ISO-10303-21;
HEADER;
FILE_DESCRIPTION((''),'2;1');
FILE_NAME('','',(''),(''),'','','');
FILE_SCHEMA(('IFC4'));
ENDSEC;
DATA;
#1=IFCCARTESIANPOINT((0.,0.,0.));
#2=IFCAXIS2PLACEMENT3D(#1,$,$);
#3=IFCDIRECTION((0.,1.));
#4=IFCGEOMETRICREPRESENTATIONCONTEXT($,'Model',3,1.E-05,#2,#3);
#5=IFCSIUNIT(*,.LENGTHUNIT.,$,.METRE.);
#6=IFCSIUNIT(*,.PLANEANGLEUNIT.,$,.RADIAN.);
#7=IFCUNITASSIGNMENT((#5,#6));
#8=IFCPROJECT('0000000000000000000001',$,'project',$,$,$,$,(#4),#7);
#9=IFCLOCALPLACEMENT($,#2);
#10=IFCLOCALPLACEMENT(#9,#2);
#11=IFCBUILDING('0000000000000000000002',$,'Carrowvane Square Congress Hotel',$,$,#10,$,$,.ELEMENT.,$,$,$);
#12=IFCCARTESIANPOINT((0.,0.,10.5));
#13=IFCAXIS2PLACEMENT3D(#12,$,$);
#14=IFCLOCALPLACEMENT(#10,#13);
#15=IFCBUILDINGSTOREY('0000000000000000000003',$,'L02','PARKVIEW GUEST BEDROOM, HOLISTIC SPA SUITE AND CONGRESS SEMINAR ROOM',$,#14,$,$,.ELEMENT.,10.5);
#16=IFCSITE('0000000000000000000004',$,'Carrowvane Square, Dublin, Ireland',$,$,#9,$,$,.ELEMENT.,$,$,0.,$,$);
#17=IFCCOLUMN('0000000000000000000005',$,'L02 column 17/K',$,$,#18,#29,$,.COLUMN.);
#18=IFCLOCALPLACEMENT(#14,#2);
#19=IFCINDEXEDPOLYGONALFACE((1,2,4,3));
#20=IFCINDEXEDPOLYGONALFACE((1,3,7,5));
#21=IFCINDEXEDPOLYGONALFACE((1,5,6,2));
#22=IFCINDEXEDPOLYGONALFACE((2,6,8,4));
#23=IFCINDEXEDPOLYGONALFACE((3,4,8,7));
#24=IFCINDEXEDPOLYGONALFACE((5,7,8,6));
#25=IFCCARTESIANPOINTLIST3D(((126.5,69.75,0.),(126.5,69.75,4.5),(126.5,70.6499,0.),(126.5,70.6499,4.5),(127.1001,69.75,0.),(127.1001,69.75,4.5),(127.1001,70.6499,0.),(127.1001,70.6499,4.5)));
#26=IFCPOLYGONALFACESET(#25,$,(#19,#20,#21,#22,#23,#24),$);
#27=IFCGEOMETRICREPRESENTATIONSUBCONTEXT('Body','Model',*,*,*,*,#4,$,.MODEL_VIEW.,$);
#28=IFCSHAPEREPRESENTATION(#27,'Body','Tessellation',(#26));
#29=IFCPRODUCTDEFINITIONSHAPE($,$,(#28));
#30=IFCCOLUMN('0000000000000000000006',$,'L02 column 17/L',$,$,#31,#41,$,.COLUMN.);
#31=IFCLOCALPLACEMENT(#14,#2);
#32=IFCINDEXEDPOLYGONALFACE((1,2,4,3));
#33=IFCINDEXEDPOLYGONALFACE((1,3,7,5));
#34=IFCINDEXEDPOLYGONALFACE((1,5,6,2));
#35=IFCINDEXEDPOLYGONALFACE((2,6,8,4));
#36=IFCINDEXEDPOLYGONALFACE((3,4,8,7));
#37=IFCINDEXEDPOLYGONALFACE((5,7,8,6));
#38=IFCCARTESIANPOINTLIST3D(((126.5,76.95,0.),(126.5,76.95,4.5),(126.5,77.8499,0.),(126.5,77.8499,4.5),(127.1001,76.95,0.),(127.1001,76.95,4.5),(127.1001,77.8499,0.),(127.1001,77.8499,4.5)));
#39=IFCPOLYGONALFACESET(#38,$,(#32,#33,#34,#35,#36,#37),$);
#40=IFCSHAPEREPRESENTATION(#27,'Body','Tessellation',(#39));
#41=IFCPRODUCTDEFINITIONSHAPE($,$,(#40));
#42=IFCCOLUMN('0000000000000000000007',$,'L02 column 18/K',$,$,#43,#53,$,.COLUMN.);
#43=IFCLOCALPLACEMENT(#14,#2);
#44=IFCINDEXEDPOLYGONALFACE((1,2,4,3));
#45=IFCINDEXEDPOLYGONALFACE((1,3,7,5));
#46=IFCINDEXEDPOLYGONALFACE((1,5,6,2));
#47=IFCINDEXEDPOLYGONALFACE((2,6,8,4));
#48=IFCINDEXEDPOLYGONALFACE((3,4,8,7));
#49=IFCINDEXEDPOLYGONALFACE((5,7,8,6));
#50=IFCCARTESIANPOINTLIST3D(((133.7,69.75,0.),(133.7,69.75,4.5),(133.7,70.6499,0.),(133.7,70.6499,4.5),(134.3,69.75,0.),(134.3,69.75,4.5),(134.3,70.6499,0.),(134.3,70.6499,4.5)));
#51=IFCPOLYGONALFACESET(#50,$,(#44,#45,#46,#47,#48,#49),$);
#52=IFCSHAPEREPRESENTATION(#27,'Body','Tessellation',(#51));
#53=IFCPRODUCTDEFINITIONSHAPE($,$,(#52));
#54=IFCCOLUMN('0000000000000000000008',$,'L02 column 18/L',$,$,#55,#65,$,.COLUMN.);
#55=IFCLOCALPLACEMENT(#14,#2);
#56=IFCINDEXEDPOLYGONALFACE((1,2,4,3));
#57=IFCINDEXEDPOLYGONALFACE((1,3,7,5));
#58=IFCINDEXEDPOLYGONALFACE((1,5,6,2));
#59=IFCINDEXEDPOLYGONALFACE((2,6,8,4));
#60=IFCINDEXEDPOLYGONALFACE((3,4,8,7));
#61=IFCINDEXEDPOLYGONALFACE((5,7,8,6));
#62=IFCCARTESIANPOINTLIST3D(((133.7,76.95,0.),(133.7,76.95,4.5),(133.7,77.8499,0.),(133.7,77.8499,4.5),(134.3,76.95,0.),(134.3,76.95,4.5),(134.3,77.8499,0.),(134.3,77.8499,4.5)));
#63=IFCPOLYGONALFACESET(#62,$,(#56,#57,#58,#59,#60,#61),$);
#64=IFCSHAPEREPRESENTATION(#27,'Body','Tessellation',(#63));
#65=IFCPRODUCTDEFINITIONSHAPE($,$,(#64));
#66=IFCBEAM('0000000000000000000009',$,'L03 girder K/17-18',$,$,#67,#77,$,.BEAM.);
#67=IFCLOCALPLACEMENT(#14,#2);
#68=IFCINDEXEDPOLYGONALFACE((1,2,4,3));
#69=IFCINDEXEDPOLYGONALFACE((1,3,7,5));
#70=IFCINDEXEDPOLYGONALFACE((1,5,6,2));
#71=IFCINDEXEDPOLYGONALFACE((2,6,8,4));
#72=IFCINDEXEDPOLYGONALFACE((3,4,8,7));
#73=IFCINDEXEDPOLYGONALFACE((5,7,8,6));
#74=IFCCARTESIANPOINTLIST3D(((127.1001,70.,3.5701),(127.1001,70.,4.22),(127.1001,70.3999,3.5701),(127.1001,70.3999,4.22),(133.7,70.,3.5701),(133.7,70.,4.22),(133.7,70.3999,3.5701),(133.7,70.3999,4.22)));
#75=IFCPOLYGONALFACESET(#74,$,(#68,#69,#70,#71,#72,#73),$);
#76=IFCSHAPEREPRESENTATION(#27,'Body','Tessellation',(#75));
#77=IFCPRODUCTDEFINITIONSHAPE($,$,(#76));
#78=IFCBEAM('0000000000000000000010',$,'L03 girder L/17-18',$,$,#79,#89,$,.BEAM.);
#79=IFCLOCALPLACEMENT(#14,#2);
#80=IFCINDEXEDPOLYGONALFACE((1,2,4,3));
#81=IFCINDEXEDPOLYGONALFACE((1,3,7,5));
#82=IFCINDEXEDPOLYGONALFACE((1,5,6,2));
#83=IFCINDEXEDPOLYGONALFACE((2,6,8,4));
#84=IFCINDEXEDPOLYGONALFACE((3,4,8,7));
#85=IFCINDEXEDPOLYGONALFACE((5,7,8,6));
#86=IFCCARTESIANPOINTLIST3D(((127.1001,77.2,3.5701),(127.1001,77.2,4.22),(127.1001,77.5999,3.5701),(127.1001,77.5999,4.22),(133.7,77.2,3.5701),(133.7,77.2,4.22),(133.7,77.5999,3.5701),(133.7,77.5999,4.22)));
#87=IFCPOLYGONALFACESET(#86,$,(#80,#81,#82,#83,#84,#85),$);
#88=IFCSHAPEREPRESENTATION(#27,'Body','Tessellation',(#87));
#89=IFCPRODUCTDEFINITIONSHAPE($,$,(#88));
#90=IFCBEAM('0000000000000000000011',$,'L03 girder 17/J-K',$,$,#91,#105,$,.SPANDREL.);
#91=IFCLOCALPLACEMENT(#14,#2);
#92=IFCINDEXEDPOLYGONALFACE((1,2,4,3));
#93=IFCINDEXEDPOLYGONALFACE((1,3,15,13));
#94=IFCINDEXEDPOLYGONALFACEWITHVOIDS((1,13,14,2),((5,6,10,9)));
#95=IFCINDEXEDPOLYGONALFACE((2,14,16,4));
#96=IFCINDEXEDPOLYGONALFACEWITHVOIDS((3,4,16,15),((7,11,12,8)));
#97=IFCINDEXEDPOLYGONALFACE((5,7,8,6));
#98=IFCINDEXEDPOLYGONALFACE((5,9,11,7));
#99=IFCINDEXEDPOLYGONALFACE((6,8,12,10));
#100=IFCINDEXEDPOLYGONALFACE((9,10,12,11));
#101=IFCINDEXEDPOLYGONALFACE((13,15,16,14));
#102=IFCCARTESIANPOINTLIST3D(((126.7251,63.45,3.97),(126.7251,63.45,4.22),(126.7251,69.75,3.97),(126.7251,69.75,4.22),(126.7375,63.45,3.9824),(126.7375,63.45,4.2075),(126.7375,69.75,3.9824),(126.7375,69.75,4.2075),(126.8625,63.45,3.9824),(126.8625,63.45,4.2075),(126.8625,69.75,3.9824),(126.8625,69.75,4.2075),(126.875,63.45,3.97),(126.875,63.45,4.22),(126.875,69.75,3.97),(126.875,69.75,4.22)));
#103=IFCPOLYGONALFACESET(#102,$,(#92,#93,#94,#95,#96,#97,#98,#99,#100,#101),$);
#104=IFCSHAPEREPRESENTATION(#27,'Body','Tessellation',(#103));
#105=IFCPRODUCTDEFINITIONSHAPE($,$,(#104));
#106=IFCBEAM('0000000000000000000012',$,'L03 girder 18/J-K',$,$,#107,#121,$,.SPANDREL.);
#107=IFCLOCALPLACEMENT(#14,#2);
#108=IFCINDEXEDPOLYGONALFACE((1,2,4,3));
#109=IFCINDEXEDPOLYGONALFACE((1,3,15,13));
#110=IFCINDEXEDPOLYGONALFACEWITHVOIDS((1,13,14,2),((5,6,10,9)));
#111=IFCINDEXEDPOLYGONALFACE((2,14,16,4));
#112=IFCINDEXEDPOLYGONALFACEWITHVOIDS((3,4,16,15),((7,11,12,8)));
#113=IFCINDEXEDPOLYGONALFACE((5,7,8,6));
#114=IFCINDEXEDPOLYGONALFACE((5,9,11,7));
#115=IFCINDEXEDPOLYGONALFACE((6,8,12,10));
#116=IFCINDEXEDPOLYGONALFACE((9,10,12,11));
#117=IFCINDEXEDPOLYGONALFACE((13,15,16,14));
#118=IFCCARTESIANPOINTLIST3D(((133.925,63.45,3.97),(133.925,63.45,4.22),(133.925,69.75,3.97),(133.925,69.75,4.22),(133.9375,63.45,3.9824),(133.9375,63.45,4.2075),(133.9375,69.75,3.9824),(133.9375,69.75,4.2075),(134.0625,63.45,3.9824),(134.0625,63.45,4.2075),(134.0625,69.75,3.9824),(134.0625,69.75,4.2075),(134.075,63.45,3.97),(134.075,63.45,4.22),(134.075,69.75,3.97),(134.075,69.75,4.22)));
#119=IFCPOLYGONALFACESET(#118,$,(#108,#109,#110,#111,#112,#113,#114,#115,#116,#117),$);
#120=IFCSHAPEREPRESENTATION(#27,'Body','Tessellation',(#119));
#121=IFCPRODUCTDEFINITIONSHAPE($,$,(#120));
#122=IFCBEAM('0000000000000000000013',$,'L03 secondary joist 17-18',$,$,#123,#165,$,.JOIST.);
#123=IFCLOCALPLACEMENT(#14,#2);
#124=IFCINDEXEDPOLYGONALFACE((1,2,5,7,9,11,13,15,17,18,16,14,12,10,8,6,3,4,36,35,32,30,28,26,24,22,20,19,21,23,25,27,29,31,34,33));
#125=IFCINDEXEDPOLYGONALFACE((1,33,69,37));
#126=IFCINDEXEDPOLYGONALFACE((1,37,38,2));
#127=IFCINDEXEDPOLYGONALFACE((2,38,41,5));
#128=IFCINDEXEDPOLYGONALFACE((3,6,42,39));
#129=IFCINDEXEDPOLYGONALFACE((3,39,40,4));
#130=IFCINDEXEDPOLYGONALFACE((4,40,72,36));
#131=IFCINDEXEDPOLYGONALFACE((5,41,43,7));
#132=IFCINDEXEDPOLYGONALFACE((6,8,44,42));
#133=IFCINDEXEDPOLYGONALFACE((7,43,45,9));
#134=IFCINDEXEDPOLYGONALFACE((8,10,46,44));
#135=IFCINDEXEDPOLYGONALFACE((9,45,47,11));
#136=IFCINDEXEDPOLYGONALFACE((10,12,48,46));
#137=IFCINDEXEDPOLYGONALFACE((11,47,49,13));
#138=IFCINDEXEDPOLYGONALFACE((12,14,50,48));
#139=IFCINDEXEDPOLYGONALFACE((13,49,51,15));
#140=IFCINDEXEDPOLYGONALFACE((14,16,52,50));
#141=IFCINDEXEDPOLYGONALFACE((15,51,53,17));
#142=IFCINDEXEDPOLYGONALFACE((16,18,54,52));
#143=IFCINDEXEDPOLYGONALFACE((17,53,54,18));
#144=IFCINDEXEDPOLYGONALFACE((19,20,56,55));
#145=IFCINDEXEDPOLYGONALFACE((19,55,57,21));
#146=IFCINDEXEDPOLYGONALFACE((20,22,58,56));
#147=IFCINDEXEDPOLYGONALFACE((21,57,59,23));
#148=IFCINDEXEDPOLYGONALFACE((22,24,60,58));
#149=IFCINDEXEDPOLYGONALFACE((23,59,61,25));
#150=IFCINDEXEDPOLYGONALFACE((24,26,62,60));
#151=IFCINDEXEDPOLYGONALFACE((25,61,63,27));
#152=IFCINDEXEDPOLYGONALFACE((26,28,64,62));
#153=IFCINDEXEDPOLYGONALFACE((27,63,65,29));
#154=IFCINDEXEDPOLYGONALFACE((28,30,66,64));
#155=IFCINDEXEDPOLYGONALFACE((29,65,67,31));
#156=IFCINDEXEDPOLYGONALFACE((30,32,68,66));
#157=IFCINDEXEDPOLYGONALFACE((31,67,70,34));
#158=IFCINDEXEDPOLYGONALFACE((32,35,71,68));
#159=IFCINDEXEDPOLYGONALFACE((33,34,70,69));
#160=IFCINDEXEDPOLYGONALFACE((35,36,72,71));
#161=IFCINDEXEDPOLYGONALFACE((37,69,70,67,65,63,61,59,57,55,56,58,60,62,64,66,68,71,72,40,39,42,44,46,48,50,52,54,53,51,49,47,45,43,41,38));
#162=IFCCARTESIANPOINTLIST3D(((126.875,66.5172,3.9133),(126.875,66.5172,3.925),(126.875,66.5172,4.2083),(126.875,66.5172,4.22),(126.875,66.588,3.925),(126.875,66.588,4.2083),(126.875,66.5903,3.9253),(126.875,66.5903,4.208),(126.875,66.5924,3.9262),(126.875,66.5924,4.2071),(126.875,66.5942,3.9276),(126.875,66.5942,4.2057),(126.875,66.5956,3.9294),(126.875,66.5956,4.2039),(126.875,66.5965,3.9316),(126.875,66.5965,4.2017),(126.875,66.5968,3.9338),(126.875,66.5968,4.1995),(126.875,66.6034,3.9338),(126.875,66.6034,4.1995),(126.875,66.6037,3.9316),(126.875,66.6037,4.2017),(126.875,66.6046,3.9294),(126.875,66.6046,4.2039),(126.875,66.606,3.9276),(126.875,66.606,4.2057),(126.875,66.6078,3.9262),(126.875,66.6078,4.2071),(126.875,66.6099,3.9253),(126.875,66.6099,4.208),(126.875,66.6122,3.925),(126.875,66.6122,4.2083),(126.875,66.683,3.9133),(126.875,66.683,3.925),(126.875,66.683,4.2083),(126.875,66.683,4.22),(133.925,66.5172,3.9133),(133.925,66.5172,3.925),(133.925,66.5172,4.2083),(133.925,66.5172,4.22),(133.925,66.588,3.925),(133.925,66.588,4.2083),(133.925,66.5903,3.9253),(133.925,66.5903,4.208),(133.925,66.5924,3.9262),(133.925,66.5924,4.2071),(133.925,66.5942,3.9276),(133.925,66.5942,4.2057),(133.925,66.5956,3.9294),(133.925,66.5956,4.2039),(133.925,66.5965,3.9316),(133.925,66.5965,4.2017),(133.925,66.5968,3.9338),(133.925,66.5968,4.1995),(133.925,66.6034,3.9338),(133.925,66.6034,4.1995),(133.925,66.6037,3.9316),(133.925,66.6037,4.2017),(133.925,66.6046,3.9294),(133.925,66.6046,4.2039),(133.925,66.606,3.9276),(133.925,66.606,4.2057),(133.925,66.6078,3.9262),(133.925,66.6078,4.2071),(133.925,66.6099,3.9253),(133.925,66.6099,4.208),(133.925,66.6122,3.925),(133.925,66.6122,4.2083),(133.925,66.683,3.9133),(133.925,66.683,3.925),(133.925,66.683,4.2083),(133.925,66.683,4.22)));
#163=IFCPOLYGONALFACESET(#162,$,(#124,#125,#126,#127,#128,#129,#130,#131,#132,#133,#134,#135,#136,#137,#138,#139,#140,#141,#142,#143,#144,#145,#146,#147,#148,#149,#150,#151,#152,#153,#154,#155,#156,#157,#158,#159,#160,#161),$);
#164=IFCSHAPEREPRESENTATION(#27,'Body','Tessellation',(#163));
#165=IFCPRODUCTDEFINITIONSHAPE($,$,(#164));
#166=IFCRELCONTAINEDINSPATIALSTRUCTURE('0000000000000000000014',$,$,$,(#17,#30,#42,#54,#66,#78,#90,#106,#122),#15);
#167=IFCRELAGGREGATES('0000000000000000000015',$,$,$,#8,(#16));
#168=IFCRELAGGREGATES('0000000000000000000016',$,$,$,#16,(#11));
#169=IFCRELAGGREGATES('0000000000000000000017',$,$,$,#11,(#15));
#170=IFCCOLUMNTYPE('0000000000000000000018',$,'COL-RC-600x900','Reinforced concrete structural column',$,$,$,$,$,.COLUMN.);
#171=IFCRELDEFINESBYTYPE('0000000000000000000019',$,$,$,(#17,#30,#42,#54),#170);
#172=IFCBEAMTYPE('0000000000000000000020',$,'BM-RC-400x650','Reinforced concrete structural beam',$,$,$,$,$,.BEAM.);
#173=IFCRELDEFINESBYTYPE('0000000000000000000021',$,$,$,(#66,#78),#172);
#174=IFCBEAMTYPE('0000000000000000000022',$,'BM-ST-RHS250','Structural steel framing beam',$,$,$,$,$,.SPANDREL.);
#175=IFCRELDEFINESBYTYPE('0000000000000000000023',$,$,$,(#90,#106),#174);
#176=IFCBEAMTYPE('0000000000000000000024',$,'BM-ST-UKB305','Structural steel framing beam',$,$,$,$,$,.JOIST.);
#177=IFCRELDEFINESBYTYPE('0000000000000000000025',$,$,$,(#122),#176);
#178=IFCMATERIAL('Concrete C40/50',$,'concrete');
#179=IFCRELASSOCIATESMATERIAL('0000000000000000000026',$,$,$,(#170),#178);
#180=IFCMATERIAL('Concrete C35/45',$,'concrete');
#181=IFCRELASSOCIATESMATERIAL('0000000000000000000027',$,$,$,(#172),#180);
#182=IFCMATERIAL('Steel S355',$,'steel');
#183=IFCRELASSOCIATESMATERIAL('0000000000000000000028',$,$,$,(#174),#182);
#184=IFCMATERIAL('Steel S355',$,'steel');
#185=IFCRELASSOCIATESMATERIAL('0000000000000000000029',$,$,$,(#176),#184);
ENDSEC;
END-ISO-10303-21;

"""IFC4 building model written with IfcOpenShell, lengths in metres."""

from ifc_helpers import new_model, si_unit, direction, frame, origin, origin_2d, place, context, subcontext, project, spatial, rectangle, hollow_rectangle, i_section, extrude, material, material_profile, profile_set, type_object, element, save


model = new_model("IFC4")

# Units and contexts
model_context = context("Model", 3, precision=1e-05, world=origin(), true_north=direction((0.0, 1.0)))
body_context = subcontext(model_context, "Body", "Model", "MODEL_VIEW")
ifc_project = project(units=[si_unit("LENGTHUNIT", "METRE"), si_unit("PLANEANGLEUNIT", "RADIAN")], contexts=[model_context])

# Site, building, storey
site_placement = place(None, origin())
site = spatial("IfcSite", under=ifc_project, at=site_placement, Name="Carrowvane Square, Dublin, Ireland", CompositionType="ELEMENT", RefElevation=0.0)
building_placement = place(site_placement, origin())
building = spatial("IfcBuilding", under=site, at=building_placement, Name="Carrowvane Square Congress Hotel", CompositionType="ELEMENT")
storey_placement = place(building_placement, frame((0.0, 0.0, 10.5)))
storey = spatial("IfcBuildingStorey", under=building, at=storey_placement, Name="L02", Description="PARKVIEW GUEST BEDROOM, HOLISTIC SPA SUITE AND CONGRESS SEMINAR ROOM", CompositionType="ELEMENT", Elevation=10.5)

# Columns
ifc_material_1 = material(Name="Concrete C40/50", Category="concrete")
ifc_material_profile_1 = material_profile(ifc_material_1, rectangle(XDim=0.6001, YDim=0.8999, at=origin_2d()), Name="RC 600x900")
ifc_profile_set_1 = profile_set([ifc_material_profile_1], Name="Concrete C40/50")
column_type = type_object("IfcColumnType", Name="COL-RC-600x900", Description="Reinforced concrete structural column", PredefinedType="COLUMN", material=ifc_profile_set_1)
for number, where, z_axis, x_axis, name in (
    (1, (126.8, 70.2, 0.0), (0.0, 0.0, 1.0), (1.0, 0.0, 0.0), "L02 column 17/K"),
    (2, (126.8, 77.3999, 0.0), (0.0, 0.0, 1.0), (1.0, 0.0, 0.0), "L02 column 17/L"),
    (3, (134.0, 70.2, 0.0), (0.0, 0.0, 1.0), (1.0, 0.0, 0.0), "L02 column 18/K"),
    (4, (134.0, 77.3999, 0.0), (0.0, 0.0, 1.0), (1.0, 0.0, 0.0), "L02 column 18/L"),
):
    element("IfcColumn", number, at=place(storey_placement, frame(where, z_axis=z_axis, x_axis=x_axis)), inside=storey, type_object=column_type, Name=name, PredefinedType="COLUMN", context=body_context, shape_type="SweptSolid", body=[
        extrude(rectangle(XDim=0.6001, YDim=0.8999, at=origin_2d()), origin(), (0.0, 0.0, 1.0), 4.5),
    ])

# Beams
ifc_material_2 = material(Name="Concrete C35/45", Category="concrete")
ifc_material_profile_2 = material_profile(ifc_material_2, rectangle(XDim=0.3999, YDim=0.6499, at=origin_2d()), Name="RC 400x650")
ifc_profile_set_2 = profile_set([ifc_material_profile_2], Name="Concrete C35/45")
beam_type_1 = type_object("IfcBeamType", Name="BM-RC-400x650", Description="Reinforced concrete structural beam", PredefinedType="BEAM", material=ifc_profile_set_2)
for number, where, z_axis, x_axis, name in (
    (5, (127.1001, 70.2, 3.895), (1.0, 0.0, 0.0), (0.0, 1.0, 0.0), "L03 girder K/17-18"),
    (6, (127.1001, 77.3999, 3.895), (1.0, 0.0, 0.0), (0.0, 1.0, 0.0), "L03 girder L/17-18"),
):
    element("IfcBeam", number, at=place(storey_placement, frame(where, z_axis=z_axis, x_axis=x_axis)), inside=storey, type_object=beam_type_1, Name=name, PredefinedType="BEAM", context=body_context, shape_type="SweptSolid", body=[
        extrude(rectangle(XDim=0.3999, YDim=0.6499, at=origin_2d()), origin(), (0.0, 0.0, 1.0), 6.5999),
    ])
ifc_material_3 = material(Name="Steel S355", Category="steel")
ifc_material_profile_3 = material_profile(ifc_material_3, hollow_rectangle(XDim=0.1499, YDim=0.25, WallThickness=0.0125, at=origin_2d()), Name="RHS 250x150x12.5")
ifc_profile_set_3 = profile_set([ifc_material_profile_3], Name="Steel S355")
beam_type_2 = type_object("IfcBeamType", Name="BM-ST-RHS250", Description="Structural steel framing beam", PredefinedType="SPANDREL", material=ifc_profile_set_3)
for number, where, z_axis, x_axis, name in (
    (7, (126.8, 63.45, 4.095), (0.0, 1.0, 0.0), (-1.0, 0.0, 0.0), "L03 girder 17/J-K"),
    (8, (134.0, 63.45, 4.095), (0.0, 1.0, 0.0), (-1.0, 0.0, 0.0), "L03 girder 18/J-K"),
):
    element("IfcBeam", number, at=place(storey_placement, frame(where, z_axis=z_axis, x_axis=x_axis)), inside=storey, type_object=beam_type_2, Name=name, PredefinedType="SPANDREL", context=body_context, shape_type="SweptSolid", body=[
        extrude(hollow_rectangle(XDim=0.1499, YDim=0.25, WallThickness=0.0125, at=origin_2d()), origin(), (0.0, 0.0, 1.0), 6.3),
    ])
ifc_material_4 = material(Name="Steel S355", Category="steel")
ifc_material_profile_4 = material_profile(ifc_material_4, i_section(OverallWidth=0.1658, OverallDepth=0.3066, WebThickness=0.0066, FlangeThickness=0.0117, FilletRadius=0.0088, at=origin_2d()), Name="UKB 305x165x46")
ifc_profile_set_4 = profile_set([ifc_material_profile_4], Name="Steel S355")
beam_type_3 = type_object("IfcBeamType", Name="BM-ST-UKB305", Description="Structural steel framing beam", PredefinedType="JOIST", material=ifc_profile_set_4)
beam_1_placement = place(storey_placement, frame((126.875, 66.6001, 4.0667), z_axis=(1.0, 0.0, 0.0), x_axis=(0.0, 1.0, 0.0)))
element("IfcBeam", 9, at=beam_1_placement, inside=storey, type_object=beam_type_3, Name="L03 secondary joist 17-18", PredefinedType="JOIST", context=body_context, shape_type="SweptSolid", body=[
    extrude(i_section(OverallWidth=0.1658, OverallDepth=0.3066, WebThickness=0.0066, FlangeThickness=0.0117, FilletRadius=0.0088, at=origin_2d()), origin(), (0.0, 0.0, 1.0), 7.05),
])

save(model, "model.ifc")
